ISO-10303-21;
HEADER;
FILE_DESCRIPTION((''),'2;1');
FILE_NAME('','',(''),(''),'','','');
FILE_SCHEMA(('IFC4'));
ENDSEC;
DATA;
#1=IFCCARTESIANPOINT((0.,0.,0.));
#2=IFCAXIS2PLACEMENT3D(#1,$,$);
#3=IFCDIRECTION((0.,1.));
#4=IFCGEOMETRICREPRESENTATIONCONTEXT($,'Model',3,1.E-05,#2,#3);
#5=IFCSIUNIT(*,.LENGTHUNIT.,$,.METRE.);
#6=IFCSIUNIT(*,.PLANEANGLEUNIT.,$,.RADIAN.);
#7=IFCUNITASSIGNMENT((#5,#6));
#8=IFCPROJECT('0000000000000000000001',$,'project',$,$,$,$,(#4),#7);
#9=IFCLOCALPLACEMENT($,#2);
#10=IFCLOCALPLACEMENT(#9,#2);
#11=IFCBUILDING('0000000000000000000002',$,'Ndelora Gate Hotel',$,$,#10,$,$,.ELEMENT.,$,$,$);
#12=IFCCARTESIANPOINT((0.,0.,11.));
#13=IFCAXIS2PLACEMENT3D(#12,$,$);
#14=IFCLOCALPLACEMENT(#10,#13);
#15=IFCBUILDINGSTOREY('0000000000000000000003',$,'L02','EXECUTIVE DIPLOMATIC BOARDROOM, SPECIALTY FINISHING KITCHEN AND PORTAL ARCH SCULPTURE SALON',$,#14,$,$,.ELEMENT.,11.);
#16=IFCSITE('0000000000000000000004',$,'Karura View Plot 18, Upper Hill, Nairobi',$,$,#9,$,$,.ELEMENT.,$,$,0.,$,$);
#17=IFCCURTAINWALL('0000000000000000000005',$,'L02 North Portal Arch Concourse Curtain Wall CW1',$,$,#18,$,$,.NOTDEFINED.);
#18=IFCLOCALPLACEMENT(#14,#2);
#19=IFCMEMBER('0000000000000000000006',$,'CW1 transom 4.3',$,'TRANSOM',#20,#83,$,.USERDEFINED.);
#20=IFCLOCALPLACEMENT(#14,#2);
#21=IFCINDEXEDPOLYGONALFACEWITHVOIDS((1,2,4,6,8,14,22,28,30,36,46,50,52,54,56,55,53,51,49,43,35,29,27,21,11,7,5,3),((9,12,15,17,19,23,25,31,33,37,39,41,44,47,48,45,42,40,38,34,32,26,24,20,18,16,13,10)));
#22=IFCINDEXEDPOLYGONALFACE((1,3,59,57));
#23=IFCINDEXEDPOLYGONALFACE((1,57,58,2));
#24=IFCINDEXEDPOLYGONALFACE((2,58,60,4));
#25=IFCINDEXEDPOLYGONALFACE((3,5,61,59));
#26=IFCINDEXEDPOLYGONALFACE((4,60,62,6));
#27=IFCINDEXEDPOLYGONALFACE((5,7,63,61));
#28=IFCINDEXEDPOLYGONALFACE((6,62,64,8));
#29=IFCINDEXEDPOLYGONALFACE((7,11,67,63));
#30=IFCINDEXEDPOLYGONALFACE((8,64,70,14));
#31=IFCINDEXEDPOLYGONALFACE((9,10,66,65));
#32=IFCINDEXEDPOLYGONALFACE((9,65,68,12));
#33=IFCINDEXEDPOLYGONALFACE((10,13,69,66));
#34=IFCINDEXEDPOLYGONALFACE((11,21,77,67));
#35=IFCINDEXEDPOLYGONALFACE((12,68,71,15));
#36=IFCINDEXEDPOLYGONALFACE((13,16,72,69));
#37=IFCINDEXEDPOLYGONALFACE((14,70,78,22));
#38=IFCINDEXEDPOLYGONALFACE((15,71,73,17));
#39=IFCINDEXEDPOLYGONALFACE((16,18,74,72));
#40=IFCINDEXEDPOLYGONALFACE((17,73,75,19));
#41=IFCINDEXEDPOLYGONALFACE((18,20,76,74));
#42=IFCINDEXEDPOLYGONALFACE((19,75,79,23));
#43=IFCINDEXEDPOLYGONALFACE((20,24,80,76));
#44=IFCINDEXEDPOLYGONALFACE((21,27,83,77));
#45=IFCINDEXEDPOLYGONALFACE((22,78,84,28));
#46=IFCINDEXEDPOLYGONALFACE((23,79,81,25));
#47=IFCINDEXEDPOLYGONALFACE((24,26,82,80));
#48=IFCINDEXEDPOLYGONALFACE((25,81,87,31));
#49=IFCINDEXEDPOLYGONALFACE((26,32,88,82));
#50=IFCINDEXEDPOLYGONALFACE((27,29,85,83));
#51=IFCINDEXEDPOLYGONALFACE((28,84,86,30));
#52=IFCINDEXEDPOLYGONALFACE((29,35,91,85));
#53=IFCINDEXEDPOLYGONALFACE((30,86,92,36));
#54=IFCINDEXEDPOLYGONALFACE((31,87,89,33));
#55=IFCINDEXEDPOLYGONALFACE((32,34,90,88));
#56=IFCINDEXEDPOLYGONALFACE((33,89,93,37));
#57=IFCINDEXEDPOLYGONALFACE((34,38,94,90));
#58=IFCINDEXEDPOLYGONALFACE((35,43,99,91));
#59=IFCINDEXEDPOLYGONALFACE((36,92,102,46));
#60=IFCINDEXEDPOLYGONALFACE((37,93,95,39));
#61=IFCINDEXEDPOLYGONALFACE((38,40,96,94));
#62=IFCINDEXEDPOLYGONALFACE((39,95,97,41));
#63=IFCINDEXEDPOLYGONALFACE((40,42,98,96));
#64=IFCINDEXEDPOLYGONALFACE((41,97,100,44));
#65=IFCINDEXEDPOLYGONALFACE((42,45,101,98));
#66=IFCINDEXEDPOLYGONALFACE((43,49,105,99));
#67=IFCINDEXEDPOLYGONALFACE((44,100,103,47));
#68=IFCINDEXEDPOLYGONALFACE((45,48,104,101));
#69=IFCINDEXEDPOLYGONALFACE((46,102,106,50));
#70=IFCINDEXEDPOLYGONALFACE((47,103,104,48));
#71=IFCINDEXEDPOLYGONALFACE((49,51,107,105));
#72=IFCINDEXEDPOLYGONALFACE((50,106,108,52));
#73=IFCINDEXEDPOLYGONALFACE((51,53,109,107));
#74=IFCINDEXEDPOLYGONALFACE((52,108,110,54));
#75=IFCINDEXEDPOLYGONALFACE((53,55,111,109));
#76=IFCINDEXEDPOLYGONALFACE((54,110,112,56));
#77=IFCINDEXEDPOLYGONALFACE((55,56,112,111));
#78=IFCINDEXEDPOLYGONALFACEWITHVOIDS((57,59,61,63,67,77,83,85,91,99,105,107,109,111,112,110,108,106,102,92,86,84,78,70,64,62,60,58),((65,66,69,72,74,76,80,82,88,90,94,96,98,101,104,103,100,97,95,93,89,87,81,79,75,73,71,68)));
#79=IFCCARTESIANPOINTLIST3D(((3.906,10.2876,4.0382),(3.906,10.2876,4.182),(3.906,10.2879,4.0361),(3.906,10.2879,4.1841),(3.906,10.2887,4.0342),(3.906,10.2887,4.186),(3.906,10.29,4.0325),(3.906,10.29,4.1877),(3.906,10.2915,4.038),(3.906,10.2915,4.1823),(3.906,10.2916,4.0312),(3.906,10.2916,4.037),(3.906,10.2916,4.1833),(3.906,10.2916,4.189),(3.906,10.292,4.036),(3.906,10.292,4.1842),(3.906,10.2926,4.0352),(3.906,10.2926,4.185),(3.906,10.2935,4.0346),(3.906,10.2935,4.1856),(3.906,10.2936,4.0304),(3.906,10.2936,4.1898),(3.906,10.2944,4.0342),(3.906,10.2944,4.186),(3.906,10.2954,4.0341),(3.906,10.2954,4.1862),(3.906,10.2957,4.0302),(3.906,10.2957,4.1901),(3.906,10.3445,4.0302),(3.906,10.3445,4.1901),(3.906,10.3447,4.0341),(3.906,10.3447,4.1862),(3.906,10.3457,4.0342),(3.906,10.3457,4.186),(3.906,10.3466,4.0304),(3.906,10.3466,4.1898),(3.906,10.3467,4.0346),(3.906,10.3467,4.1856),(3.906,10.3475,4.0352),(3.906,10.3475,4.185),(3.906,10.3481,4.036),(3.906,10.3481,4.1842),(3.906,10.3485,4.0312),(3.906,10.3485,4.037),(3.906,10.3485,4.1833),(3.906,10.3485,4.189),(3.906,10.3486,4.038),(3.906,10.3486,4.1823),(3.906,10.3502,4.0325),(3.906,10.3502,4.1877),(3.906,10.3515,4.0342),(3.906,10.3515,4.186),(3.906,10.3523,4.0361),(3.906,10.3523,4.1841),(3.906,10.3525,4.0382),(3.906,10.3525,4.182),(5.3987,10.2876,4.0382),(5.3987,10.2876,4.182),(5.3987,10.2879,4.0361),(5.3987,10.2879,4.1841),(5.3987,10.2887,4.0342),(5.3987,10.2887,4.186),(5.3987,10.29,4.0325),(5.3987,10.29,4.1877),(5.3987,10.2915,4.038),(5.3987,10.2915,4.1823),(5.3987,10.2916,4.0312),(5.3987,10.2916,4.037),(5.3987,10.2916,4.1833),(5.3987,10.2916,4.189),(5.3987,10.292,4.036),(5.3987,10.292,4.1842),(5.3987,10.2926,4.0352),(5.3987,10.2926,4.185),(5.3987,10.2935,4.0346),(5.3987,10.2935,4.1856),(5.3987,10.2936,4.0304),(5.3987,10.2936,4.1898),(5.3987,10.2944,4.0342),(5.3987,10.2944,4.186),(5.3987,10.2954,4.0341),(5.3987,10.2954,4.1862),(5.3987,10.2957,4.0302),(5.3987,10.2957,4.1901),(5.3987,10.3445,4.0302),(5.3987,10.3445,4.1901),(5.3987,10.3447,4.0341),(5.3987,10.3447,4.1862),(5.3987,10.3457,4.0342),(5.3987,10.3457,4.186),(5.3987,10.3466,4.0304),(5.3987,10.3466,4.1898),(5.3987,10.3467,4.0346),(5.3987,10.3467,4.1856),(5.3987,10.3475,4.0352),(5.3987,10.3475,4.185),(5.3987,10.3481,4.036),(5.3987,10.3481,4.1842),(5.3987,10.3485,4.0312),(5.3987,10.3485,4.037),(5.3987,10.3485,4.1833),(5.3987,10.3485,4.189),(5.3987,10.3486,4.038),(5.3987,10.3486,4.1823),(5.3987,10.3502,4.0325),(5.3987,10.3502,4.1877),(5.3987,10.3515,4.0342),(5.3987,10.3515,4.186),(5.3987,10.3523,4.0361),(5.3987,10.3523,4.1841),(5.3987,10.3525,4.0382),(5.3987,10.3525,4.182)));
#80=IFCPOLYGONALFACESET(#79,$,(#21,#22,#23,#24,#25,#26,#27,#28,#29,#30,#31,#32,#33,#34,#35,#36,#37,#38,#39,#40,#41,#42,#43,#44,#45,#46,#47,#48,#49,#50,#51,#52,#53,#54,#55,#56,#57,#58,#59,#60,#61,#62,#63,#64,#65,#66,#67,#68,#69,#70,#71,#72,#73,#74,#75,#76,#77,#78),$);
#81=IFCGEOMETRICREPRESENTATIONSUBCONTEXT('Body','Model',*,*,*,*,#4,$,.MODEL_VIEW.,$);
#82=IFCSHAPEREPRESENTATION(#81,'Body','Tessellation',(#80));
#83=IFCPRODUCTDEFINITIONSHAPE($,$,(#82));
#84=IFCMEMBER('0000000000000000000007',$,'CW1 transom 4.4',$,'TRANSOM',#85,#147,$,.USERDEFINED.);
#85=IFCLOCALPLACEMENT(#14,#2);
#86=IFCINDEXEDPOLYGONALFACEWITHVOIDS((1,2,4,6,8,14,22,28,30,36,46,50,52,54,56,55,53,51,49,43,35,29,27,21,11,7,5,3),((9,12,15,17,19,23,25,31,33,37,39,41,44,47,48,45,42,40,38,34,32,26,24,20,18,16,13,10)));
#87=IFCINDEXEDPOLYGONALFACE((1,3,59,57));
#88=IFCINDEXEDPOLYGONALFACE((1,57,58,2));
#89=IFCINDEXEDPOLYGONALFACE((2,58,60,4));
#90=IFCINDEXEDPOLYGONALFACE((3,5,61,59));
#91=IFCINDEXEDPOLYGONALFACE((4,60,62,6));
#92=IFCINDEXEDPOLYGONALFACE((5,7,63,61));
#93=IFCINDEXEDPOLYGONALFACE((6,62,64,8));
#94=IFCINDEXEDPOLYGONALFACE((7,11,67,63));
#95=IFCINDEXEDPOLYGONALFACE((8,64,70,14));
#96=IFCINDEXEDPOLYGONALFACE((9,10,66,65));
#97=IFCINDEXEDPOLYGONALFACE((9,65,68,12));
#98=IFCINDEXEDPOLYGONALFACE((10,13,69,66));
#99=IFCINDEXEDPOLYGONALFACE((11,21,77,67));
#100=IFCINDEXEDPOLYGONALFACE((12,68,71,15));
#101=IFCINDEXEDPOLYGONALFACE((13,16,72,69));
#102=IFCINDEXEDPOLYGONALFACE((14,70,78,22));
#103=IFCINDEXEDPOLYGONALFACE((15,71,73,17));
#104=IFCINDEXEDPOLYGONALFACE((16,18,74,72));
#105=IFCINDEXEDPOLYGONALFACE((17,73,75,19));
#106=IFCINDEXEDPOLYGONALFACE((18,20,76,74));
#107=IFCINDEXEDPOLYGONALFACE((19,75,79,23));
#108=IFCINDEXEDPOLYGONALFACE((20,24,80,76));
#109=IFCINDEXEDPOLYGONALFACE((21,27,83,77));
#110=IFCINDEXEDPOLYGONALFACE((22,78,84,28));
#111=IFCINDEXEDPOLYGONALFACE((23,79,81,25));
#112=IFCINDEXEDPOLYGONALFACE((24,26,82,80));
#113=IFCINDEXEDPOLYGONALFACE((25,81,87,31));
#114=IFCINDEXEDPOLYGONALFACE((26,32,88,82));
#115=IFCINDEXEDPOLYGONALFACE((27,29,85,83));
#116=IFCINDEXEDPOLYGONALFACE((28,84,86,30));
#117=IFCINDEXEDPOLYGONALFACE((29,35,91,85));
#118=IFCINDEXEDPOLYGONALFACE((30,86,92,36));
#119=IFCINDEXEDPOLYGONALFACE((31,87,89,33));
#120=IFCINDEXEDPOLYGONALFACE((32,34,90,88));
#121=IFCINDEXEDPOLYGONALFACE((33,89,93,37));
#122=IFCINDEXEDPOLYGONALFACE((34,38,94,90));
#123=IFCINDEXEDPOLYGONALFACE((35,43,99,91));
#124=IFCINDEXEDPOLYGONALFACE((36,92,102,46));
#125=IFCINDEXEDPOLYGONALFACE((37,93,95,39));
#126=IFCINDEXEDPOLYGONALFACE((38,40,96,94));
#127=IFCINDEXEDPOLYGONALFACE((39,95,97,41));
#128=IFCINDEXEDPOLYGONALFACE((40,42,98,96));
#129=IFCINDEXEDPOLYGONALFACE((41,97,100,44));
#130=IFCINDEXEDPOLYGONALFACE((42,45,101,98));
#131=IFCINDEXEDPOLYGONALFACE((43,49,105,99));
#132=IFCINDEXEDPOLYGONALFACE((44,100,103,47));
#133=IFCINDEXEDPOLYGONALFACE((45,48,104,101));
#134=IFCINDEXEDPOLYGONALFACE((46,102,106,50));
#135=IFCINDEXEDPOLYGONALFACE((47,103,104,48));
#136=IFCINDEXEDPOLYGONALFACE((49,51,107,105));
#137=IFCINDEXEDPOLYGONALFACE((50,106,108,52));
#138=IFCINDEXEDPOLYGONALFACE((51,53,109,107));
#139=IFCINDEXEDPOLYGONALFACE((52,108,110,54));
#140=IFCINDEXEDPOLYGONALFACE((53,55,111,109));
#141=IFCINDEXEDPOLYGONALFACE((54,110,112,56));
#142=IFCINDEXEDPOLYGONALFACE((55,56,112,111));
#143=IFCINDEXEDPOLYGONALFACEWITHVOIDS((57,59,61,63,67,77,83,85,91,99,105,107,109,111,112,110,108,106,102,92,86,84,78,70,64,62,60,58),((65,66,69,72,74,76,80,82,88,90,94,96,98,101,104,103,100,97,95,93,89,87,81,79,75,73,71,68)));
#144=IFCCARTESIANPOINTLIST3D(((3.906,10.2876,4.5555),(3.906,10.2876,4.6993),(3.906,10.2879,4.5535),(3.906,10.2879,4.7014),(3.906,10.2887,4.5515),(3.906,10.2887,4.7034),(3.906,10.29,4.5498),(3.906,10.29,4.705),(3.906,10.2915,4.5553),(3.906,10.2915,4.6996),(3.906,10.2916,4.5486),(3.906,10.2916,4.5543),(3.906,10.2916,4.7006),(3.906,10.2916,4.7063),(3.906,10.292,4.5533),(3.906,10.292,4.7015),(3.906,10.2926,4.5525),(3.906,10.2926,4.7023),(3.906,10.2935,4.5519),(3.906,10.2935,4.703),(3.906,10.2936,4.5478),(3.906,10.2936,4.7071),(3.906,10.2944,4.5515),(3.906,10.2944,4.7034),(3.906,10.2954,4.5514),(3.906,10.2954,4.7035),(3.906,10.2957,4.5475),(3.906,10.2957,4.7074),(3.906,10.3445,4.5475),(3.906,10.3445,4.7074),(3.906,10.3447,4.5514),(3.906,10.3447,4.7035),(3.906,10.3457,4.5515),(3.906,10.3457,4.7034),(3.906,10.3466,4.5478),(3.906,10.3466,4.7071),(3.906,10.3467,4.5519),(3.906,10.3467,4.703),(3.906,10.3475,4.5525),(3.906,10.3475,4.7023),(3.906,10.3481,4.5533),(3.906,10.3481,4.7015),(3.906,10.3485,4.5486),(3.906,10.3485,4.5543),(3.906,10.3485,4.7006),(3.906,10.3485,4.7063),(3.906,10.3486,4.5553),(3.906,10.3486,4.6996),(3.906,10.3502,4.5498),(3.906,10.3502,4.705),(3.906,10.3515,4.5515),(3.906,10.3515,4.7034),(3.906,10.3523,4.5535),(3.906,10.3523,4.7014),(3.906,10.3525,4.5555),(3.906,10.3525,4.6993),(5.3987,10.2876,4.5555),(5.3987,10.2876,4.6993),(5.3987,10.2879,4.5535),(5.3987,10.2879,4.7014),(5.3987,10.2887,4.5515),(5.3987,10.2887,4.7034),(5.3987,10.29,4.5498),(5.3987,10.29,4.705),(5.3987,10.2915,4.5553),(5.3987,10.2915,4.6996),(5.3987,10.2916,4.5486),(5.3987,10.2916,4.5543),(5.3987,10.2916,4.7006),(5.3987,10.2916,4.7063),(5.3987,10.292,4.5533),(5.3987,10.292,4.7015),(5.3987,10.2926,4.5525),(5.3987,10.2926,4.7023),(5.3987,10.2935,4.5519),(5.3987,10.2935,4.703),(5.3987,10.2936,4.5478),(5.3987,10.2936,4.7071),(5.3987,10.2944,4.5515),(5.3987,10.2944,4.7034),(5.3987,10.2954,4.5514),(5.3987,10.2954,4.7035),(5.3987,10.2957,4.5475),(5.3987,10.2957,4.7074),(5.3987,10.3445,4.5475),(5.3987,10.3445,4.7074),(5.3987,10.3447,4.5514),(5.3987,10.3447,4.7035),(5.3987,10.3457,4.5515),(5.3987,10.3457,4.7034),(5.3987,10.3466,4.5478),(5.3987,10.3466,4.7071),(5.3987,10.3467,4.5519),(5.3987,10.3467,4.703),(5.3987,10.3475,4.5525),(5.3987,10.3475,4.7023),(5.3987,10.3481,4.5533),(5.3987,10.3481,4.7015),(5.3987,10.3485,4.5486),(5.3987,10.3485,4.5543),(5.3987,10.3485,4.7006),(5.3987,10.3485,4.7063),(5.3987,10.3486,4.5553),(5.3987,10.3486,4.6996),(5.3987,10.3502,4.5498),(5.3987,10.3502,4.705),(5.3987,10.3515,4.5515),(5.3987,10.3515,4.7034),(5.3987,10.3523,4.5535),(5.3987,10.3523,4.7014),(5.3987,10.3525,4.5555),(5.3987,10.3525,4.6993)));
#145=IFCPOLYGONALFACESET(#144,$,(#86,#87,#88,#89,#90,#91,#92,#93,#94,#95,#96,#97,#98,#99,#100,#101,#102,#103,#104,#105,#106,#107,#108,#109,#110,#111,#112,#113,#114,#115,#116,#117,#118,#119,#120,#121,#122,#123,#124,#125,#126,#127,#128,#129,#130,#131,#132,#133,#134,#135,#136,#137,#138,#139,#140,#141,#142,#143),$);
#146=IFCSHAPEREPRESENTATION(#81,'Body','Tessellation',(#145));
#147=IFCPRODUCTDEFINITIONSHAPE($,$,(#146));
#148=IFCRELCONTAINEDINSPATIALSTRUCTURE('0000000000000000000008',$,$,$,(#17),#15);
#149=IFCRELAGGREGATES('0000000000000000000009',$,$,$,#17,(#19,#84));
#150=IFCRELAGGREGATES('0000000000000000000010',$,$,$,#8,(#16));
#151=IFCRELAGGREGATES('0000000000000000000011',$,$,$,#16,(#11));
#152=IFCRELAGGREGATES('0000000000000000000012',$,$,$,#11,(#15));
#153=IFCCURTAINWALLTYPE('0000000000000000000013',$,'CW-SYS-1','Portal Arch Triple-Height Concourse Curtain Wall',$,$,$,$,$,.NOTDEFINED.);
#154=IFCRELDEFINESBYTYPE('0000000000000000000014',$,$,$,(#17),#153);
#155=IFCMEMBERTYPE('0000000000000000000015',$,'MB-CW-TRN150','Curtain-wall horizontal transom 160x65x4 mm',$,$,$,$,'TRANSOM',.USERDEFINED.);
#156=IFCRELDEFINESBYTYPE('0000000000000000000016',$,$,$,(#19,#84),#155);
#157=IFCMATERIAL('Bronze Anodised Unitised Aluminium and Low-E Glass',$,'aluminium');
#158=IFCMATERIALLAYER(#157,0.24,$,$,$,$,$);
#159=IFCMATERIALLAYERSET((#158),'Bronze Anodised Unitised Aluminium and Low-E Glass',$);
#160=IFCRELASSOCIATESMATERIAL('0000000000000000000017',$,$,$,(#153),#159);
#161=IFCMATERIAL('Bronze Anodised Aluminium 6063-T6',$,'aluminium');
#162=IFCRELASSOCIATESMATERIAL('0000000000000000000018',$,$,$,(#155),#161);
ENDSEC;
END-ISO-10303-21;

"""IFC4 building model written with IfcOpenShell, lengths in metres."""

from ifc_helpers import new_model, si_unit, direction, frame, origin, origin_2d, place, context, subcontext, project, spatial, hollow_rectangle, extrude, material, layer, layer_set, material_profile, profile_set, type_object, element, aggregate, save


model = new_model("IFC4")

# Units and contexts
model_context = context("Model", 3, precision=1e-05, world=origin(), true_north=direction((0.0, 1.0)))
body_context = subcontext(model_context, "Body", "Model", "MODEL_VIEW")
ifc_project = project(units=[si_unit("LENGTHUNIT", "METRE"), si_unit("PLANEANGLEUNIT", "RADIAN")], contexts=[model_context])

# Site, building, storey
site_placement = place(None, origin())
site = spatial("IfcSite", under=ifc_project, at=site_placement, Name="Karura View Plot 18, Upper Hill, Nairobi", CompositionType="ELEMENT", RefElevation=0.0)
building_placement = place(site_placement, origin())
building = spatial("IfcBuilding", under=site, at=building_placement, Name="Ndelora Gate Hotel", CompositionType="ELEMENT")
storey_placement = place(building_placement, frame((0.0, 0.0, 11.0)))
storey = spatial("IfcBuildingStorey", under=building, at=storey_placement, Name="L02", Description="EXECUTIVE DIPLOMATIC BOARDROOM, SPECIALTY FINISHING KITCHEN AND PORTAL ARCH SCULPTURE SALON", CompositionType="ELEMENT", Elevation=11.0)

# Curtain wall, members
ifc_material_1 = material(Name="Bronze Anodised Unitised Aluminium and Low-E Glass", Category="aluminium")
ifc_layer_1 = layer(ifc_material_1, 0.24)
ifc_layer_set_1 = layer_set([ifc_layer_1], Name="Bronze Anodised Unitised Aluminium and Low-E Glass")
curtain_wall_type = type_object("IfcCurtainWallType", Name="CW-SYS-1", Description="Portal Arch Triple-Height Concourse Curtain Wall", PredefinedType="NOTDEFINED", material=ifc_layer_set_1)
curtain_wall_placement = place(storey_placement, origin())
curtain_wall = element("IfcCurtainWall", 1, at=curtain_wall_placement, inside=storey, type_object=curtain_wall_type, Name="L02 North Portal Arch Concourse Curtain Wall CW1", PredefinedType="NOTDEFINED")
ifc_material_2 = material(Name="Bronze Anodised Aluminium 6063-T6", Category="aluminium")
ifc_material_profile_1 = material_profile(ifc_material_2, hollow_rectangle(XDim=0.0649, YDim=0.1599, WallThickness=0.0039, InnerFilletRadius=0.0039, OuterFilletRadius=0.0081, at=origin_2d()), Name="ALU 160x65x4")
ifc_profile_set_1 = profile_set([ifc_material_profile_1], Name="Bronze Anodised Aluminium 6063-T6")
member_type_1 = type_object("IfcMemberType", Name="MB-CW-TRN150", Description="Curtain-wall horizontal transom 160x65x4 mm", ElementType="TRANSOM", PredefinedType="USERDEFINED", material=ifc_profile_set_1)
member_1_placement = place(storey_placement, frame((5.3987, 10.3201, 4.1101), z_axis=(-1.0, 0.0, 0.0), x_axis=(0.0, -1.0, 0.0)))
member_1 = element("IfcMember", 2, at=member_1_placement, type_object=member_type_1, Name="CW1 transom 4.3", ObjectType="TRANSOM", PredefinedType="USERDEFINED", context=body_context, shape_type="SweptSolid", body=[
    extrude(hollow_rectangle(XDim=0.0649, YDim=0.1599, WallThickness=0.0039, InnerFilletRadius=0.0039, OuterFilletRadius=0.0081, at=origin_2d()), origin(), (0.0, 0.0, 1.0), 1.4927),
])
member_2_placement = place(storey_placement, frame((5.3987, 10.3201, 4.6274), z_axis=(-1.0, 0.0, 0.0), x_axis=(0.0, -1.0, 0.0)))
member_2 = element("IfcMember", 3, at=member_2_placement, type_object=member_type_1, Name="CW1 transom 4.4", ObjectType="TRANSOM", PredefinedType="USERDEFINED", context=body_context, shape_type="SweptSolid", body=[
    extrude(hollow_rectangle(XDim=0.0649, YDim=0.1599, WallThickness=0.0039, InnerFilletRadius=0.0039, OuterFilletRadius=0.0081, at=origin_2d()), origin(), (0.0, 0.0, 1.0), 1.4927),
])
aggregate(curtain_wall, [member_1, member_2])

save(model, "model.ifc")
